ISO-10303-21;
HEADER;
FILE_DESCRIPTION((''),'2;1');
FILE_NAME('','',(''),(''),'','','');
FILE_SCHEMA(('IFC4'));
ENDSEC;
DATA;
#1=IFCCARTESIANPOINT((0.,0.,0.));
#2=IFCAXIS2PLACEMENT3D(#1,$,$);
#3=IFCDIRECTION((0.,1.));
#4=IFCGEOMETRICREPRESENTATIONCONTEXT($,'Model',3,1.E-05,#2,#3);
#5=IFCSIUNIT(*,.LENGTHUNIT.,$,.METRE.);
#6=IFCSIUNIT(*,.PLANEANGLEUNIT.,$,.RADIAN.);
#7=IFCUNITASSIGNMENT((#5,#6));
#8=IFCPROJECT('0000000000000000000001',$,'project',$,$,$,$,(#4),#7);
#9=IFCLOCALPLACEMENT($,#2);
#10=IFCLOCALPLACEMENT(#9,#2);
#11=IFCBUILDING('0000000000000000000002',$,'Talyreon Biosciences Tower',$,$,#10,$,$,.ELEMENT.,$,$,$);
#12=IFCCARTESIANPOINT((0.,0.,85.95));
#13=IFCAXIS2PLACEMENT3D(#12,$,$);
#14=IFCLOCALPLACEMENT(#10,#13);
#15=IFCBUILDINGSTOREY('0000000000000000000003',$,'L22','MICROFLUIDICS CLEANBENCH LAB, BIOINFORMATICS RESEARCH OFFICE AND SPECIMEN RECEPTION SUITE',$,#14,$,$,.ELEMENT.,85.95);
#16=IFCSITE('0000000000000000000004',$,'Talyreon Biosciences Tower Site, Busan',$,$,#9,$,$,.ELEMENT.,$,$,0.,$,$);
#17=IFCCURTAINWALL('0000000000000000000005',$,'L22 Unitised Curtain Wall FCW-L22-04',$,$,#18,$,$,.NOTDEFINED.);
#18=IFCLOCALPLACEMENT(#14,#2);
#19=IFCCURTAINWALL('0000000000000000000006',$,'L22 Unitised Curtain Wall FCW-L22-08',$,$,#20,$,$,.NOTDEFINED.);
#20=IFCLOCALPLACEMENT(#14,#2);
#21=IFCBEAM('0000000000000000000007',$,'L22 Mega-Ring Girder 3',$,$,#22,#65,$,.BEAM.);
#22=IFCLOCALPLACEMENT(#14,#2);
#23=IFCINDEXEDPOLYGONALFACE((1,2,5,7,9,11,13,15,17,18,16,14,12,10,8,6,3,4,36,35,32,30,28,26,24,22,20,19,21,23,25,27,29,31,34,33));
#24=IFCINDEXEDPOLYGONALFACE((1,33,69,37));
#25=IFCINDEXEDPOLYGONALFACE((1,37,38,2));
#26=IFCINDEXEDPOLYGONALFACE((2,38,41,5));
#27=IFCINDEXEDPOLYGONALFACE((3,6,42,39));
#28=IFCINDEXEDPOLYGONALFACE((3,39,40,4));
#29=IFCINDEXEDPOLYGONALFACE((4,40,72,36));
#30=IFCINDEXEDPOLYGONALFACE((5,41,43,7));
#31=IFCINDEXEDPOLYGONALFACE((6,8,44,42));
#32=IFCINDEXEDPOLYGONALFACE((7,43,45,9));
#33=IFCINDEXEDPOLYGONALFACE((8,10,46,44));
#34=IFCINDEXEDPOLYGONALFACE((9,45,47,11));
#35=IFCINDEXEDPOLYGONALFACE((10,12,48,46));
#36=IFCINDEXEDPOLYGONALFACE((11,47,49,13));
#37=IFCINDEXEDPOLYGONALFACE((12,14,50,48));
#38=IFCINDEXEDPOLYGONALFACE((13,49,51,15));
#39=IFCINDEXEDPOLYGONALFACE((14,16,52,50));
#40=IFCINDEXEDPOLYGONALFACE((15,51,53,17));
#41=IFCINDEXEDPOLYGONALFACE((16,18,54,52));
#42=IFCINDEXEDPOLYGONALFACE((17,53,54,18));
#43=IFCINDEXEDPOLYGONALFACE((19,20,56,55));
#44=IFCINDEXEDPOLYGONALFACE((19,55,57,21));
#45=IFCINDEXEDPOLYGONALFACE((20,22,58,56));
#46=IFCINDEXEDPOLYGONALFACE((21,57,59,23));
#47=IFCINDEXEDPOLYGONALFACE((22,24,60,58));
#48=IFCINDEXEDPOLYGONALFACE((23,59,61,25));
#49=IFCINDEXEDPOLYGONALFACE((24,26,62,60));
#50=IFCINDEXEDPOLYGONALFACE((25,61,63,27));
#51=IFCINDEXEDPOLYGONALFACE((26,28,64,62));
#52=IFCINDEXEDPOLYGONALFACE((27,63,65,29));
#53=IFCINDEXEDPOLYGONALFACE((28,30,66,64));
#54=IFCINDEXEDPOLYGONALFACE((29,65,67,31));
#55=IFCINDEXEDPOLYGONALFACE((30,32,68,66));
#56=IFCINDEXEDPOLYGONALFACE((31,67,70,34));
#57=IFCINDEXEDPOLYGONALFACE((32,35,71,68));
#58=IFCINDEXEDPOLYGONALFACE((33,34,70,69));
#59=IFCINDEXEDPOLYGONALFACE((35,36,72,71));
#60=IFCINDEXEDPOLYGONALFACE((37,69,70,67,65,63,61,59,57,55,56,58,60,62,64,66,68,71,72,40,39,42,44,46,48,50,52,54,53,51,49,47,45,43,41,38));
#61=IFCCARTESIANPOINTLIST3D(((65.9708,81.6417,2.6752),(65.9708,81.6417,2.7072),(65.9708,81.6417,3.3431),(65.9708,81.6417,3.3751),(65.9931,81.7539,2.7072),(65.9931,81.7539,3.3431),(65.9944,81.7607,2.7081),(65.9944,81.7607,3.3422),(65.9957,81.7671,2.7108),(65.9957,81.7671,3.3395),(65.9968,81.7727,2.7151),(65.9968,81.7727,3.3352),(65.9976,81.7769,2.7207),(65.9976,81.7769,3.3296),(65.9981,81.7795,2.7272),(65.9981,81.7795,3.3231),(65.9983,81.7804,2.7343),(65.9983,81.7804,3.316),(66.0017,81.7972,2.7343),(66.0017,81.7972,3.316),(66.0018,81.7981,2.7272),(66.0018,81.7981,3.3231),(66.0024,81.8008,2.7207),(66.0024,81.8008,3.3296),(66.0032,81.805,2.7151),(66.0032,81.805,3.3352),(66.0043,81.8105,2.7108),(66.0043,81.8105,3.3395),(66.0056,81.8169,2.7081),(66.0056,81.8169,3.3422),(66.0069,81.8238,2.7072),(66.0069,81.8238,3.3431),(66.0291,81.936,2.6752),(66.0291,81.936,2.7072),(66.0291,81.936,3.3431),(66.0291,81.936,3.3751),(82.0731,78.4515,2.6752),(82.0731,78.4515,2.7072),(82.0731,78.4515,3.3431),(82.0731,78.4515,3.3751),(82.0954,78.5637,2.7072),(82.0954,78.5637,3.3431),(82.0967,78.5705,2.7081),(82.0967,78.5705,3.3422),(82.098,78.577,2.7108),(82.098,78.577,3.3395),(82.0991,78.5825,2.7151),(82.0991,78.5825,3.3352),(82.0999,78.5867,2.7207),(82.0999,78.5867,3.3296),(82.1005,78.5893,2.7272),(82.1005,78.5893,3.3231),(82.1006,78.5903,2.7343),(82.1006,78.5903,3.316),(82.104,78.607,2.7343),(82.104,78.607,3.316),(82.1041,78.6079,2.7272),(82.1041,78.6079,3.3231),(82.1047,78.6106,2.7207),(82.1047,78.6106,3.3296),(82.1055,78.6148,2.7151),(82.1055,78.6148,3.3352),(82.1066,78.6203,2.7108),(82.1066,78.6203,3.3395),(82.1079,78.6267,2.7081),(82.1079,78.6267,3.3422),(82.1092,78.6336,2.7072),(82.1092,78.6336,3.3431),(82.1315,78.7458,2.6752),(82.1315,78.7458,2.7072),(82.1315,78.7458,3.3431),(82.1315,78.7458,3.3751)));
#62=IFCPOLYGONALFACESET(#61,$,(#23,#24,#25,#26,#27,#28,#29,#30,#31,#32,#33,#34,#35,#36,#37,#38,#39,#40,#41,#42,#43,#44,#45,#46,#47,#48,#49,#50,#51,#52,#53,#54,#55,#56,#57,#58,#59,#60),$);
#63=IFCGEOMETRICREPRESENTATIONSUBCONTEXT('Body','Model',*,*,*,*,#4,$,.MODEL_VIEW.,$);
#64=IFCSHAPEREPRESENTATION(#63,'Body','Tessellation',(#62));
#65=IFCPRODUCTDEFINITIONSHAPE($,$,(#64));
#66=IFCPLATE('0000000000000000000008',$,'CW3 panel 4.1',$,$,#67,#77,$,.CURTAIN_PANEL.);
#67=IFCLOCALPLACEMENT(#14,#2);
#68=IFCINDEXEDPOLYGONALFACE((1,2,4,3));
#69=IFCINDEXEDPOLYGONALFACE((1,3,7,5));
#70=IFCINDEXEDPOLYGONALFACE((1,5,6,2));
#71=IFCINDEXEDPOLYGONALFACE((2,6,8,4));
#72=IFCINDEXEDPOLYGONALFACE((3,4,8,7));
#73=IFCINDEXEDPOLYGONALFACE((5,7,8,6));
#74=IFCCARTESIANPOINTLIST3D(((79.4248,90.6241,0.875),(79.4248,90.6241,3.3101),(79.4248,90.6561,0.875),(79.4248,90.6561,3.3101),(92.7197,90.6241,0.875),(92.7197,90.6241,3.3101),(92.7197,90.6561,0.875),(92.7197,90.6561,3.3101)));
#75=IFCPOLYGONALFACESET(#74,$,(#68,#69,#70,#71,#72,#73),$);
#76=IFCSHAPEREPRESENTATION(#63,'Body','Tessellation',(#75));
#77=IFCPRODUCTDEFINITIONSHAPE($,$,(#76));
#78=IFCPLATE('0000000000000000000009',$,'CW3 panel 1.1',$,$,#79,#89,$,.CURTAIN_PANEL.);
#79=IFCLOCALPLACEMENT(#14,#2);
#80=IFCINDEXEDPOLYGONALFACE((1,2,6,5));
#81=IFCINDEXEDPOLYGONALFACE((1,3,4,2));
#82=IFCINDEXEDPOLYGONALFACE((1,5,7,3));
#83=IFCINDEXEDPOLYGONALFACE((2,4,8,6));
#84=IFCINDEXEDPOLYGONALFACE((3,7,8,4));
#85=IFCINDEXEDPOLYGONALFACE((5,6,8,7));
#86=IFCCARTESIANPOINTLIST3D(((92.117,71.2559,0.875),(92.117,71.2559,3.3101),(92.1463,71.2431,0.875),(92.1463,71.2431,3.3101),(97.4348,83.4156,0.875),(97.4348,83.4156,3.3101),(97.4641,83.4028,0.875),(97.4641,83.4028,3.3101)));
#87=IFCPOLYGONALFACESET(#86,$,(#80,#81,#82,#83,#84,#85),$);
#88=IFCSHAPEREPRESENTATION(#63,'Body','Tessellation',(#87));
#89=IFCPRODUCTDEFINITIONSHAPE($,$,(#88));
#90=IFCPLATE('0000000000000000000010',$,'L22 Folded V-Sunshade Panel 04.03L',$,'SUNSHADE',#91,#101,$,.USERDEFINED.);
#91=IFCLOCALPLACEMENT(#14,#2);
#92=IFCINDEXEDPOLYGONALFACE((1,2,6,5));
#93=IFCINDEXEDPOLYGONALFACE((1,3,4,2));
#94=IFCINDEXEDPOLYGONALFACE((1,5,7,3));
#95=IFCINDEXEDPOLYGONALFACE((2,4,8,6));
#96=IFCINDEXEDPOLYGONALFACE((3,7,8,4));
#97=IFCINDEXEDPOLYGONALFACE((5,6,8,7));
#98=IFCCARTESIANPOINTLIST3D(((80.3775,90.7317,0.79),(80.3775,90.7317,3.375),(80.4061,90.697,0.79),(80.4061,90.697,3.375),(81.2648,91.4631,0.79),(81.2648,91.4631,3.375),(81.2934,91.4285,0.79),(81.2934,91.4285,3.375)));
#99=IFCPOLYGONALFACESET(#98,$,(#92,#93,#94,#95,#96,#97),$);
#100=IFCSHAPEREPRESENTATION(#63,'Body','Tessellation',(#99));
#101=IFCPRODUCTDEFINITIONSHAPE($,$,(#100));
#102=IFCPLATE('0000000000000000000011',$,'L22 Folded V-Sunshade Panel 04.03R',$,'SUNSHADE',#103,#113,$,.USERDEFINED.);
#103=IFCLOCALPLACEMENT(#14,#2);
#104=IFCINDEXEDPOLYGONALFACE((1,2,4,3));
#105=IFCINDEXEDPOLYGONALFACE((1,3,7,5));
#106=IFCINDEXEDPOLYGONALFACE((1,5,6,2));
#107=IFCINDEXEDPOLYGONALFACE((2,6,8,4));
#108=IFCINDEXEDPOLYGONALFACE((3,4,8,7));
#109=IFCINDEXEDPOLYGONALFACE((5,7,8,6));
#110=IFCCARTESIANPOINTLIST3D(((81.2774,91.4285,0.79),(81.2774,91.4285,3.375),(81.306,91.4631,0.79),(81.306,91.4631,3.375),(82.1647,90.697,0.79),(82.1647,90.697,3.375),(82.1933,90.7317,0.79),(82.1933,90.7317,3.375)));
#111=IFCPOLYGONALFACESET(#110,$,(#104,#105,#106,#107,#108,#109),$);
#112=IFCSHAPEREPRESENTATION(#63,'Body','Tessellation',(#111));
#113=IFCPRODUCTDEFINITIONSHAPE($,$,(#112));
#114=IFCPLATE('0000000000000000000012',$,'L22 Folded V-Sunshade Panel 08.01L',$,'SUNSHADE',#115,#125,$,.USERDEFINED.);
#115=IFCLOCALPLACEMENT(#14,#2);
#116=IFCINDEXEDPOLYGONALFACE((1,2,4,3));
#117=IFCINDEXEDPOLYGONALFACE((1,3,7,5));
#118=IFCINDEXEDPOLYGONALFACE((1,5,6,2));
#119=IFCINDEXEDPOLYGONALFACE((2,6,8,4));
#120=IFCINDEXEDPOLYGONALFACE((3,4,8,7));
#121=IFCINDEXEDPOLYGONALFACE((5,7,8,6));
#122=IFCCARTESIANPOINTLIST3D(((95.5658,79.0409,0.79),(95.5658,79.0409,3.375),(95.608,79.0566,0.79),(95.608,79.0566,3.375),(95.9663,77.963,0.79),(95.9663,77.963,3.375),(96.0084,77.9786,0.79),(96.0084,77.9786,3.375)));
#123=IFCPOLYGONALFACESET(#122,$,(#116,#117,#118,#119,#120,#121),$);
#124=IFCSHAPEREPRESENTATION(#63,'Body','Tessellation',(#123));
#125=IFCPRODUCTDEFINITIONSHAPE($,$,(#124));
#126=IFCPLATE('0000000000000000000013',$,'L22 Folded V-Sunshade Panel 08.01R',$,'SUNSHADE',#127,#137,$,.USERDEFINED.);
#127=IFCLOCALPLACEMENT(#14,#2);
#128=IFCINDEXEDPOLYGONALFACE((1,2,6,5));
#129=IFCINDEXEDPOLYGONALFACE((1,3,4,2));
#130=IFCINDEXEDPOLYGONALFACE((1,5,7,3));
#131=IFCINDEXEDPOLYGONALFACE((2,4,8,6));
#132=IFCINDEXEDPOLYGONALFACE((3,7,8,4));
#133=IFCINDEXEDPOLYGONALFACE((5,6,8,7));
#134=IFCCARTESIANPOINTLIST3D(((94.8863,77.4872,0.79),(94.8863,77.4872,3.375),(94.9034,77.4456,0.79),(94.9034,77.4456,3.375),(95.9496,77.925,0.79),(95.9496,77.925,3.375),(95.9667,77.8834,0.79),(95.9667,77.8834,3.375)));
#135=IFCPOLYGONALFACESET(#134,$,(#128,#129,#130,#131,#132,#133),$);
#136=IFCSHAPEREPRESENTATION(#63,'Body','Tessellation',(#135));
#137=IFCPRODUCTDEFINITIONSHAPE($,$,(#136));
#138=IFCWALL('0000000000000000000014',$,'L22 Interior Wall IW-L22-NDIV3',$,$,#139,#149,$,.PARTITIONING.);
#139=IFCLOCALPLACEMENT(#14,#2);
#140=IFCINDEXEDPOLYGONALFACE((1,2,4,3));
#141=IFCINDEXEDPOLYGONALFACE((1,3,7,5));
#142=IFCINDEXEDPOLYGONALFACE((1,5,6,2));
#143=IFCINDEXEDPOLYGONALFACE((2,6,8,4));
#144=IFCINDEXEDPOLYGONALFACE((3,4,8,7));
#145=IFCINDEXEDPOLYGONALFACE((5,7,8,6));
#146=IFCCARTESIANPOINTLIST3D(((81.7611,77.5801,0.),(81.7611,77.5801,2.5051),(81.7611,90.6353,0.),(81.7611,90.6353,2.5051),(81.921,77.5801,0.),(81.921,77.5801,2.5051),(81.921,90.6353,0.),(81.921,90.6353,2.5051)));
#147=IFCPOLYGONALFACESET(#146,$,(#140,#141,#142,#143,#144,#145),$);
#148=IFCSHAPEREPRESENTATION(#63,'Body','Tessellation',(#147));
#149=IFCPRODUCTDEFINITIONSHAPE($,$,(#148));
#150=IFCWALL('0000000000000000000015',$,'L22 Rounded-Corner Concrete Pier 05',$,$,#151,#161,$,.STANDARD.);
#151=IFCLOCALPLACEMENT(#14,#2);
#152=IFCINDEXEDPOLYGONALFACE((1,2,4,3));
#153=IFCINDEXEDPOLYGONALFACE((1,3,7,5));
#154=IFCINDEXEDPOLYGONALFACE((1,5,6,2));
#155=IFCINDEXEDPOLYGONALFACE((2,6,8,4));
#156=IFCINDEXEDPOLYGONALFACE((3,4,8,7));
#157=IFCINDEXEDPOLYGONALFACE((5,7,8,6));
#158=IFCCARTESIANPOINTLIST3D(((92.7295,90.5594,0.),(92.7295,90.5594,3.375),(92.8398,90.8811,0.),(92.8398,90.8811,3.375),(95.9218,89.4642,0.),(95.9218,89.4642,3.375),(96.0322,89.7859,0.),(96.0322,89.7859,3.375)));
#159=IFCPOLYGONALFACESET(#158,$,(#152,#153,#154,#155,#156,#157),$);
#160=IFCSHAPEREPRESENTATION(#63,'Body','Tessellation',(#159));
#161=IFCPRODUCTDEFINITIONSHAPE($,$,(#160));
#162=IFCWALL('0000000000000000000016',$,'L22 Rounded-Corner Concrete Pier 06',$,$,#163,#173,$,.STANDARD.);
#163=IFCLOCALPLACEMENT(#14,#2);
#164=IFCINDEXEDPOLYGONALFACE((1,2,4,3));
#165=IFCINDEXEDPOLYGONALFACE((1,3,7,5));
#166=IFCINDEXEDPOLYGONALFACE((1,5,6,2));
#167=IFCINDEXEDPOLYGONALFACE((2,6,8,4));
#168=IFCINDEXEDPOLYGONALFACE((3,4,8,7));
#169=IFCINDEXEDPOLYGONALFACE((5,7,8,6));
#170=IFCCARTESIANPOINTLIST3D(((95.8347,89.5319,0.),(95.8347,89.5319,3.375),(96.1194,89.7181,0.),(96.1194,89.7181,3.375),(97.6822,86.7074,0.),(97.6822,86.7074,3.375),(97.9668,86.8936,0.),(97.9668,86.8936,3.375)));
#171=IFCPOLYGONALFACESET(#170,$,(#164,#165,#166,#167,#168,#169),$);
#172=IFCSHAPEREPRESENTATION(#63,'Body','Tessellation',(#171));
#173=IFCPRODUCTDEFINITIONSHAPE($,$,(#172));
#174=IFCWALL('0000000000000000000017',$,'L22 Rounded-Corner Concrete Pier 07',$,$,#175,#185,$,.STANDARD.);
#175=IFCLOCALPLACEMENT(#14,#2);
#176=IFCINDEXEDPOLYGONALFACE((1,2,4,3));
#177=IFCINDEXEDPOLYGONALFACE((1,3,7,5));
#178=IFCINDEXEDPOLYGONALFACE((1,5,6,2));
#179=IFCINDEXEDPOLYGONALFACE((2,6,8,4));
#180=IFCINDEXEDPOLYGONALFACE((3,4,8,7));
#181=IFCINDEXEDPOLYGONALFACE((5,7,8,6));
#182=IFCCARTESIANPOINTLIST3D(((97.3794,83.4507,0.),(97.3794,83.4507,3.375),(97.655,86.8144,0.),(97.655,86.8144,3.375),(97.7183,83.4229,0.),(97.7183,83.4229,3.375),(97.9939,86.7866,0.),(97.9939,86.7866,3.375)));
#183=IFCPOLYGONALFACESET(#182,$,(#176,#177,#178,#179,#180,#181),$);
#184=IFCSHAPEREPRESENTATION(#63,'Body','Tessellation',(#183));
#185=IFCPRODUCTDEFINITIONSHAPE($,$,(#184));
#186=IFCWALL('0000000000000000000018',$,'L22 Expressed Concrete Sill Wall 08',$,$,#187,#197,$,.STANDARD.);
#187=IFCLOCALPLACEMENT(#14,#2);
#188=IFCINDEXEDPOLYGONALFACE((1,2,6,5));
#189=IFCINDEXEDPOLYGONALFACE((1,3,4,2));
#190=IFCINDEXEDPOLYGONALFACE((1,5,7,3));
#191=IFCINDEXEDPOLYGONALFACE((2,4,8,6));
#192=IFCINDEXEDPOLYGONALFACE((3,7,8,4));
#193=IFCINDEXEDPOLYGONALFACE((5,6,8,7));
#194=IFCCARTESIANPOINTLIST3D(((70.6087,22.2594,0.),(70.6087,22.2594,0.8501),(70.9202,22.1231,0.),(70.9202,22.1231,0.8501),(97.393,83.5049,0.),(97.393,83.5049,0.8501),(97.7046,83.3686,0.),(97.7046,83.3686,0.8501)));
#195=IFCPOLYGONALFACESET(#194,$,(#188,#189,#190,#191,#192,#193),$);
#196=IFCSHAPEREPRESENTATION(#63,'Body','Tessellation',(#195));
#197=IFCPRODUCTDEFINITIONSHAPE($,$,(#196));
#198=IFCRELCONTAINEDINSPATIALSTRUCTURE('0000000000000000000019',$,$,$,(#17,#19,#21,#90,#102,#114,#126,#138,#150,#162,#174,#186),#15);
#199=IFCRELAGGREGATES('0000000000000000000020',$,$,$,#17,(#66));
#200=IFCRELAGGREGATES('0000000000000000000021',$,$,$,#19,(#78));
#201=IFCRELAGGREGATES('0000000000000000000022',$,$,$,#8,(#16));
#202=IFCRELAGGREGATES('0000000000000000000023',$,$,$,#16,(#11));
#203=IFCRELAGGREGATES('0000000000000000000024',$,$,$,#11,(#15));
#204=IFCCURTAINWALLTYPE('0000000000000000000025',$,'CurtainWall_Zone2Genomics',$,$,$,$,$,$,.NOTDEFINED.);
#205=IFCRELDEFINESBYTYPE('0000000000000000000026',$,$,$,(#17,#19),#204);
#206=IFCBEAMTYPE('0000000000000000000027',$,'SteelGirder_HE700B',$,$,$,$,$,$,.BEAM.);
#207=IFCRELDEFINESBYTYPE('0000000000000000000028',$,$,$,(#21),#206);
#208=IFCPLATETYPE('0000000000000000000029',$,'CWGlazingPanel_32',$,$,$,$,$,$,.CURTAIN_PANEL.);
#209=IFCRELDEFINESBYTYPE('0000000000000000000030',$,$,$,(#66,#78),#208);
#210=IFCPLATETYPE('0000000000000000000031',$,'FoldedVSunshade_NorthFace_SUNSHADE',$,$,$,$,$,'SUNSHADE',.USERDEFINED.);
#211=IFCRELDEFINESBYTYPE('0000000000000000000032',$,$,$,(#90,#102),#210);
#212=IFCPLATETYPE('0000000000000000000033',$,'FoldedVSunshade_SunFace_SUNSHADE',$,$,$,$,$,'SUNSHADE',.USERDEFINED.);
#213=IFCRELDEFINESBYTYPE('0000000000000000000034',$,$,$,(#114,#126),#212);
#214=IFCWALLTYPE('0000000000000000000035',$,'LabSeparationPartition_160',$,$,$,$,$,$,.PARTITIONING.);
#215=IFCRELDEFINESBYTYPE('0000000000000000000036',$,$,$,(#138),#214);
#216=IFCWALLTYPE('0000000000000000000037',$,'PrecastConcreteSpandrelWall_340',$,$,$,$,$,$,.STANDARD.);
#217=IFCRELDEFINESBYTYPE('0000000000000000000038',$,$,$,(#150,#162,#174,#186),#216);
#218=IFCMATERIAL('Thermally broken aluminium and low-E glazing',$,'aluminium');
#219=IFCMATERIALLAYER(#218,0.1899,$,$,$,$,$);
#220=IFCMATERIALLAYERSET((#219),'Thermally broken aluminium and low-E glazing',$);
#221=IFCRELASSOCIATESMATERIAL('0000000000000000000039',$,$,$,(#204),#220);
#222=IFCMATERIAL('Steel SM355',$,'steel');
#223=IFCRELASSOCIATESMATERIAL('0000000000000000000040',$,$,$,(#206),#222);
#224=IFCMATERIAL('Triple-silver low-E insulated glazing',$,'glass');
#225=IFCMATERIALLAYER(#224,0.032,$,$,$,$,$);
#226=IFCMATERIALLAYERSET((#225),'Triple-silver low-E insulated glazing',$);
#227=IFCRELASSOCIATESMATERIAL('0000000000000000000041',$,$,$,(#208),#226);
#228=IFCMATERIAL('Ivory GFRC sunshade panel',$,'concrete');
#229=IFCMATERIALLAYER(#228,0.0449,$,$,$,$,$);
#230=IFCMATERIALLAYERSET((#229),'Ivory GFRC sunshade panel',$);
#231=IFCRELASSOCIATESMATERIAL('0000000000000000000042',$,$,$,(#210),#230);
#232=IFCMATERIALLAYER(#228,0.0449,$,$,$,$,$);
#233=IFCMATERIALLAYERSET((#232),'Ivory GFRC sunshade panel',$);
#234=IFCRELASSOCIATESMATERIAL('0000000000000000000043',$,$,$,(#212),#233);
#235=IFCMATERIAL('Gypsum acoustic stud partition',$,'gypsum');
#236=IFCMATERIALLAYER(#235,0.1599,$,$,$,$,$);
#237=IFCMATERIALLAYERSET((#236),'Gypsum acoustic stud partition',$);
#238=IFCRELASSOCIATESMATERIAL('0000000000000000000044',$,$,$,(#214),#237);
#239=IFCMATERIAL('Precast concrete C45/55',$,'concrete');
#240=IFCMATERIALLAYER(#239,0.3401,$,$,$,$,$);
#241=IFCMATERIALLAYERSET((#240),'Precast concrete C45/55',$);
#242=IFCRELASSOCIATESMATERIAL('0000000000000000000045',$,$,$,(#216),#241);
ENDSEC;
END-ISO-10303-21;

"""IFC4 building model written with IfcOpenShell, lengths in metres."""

from ifc_helpers import new_model, si_unit, direction, frame, frame_2d, origin, origin_2d, place, context, subcontext, project, spatial, rectangle, i_section, extrude, material, layer, layer_set, material_profile, profile_set, type_object, element, aggregate, save


model = new_model("IFC4")

# Units and contexts
model_context = context("Model", 3, precision=1e-05, world=origin(), true_north=direction((0.0, 1.0)))
body_context = subcontext(model_context, "Body", "Model", "MODEL_VIEW")
ifc_project = project(units=[si_unit("LENGTHUNIT", "METRE"), si_unit("PLANEANGLEUNIT", "RADIAN")], contexts=[model_context])

# Site, building, storey
site_placement = place(None, origin())
site = spatial("IfcSite", under=ifc_project, at=site_placement, Name="Talyreon Biosciences Tower Site, Busan", CompositionType="ELEMENT", RefElevation=0.0)
building_placement = place(site_placement, origin())
building = spatial("IfcBuilding", under=site, at=building_placement, Name="Talyreon Biosciences Tower", CompositionType="ELEMENT")
storey_placement = place(building_placement, frame((0.0, 0.0, 85.95)))
storey = spatial("IfcBuildingStorey", under=building, at=storey_placement, Name="L22", Description="MICROFLUIDICS CLEANBENCH LAB, BIOINFORMATICS RESEARCH OFFICE AND SPECIMEN RECEPTION SUITE", CompositionType="ELEMENT", Elevation=85.95)

# Curtain wall
ifc_material_1 = material(Name="Thermally broken aluminium and low-E glazing", Category="aluminium")
ifc_layer_1 = layer(ifc_material_1, 0.1899)
ifc_layer_set_1 = layer_set([ifc_layer_1], Name="Thermally broken aluminium and low-E glazing")
curtain_wall_type = type_object("IfcCurtainWallType", Name="CurtainWall_Zone2Genomics", PredefinedType="NOTDEFINED", material=ifc_layer_set_1)
curtain_wall_1_placement = place(storey_placement, origin())
curtain_wall_1 = element("IfcCurtainWall", 1, at=curtain_wall_1_placement, inside=storey, type_object=curtain_wall_type, Name="L22 Unitised Curtain Wall FCW-L22-04", PredefinedType="NOTDEFINED")

# Curtain wall
curtain_wall_2_placement = place(storey_placement, origin())
curtain_wall_2 = element("IfcCurtainWall", 2, at=curtain_wall_2_placement, inside=storey, type_object=curtain_wall_type, Name="L22 Unitised Curtain Wall FCW-L22-08", PredefinedType="NOTDEFINED")

# Beam
ifc_material_2 = material(Name="Precast concrete C45/55", Category="concrete")
ifc_material_3 = material(Name="Steel SM355", Category="steel")
ifc_material_profile_1 = material_profile(ifc_material_3, i_section(OverallWidth=0.3, OverallDepth=0.7, WebThickness=0.0171, FlangeThickness=0.032, FilletRadius=0.0271, at=origin_2d()), Name="HE700B")
ifc_profile_set_1 = profile_set([ifc_material_profile_1], Name="Steel SM355")
beam_type_1 = type_object("IfcBeamType", Name="SteelGirder_HE700B", PredefinedType="BEAM", material=ifc_profile_set_1)
beam_1_placement = place(storey_placement, frame((82.1023, 78.5986, 3.0251), z_axis=(-0.980934, 0.194343, 0.0), x_axis=(-0.194343, -0.980934, 0.0)))
element("IfcBeam", 3, at=beam_1_placement, inside=storey, type_object=beam_type_1, Name="L22 Mega-Ring Girder 3", PredefinedType="BEAM", context=body_context, shape_type="SweptSolid", body=[
    extrude(i_section(OverallWidth=0.3, OverallDepth=0.7, WebThickness=0.0171, FlangeThickness=0.032, FilletRadius=0.0271, at=origin_2d()), origin(), (0.0, 0.0, 1.0), 16.4153),
])

# Plates
ifc_material_4 = material(Name="Triple-silver low-E insulated glazing", Category="glass")
ifc_layer_2 = layer(ifc_material_4, 0.032)
ifc_layer_set_2 = layer_set([ifc_layer_2], Name="Triple-silver low-E insulated glazing")
plate_type_1 = type_object("IfcPlateType", Name="CWGlazingPanel_32", PredefinedType="CURTAIN_PANEL", material=ifc_layer_set_2)
plate_1_placement = place(storey_placement, frame((86.0723, 90.6401, 0.875), z_axis=(0.0, 0.0, 1.0), x_axis=(1.0, 0.0, 0.0)))
plate_1 = element("IfcPlate", 4, at=plate_1_placement, type_object=plate_type_1, Name="CW3 panel 4.1", PredefinedType="CURTAIN_PANEL", context=body_context, shape_type="SweptSolid", body=[
    extrude(rectangle(XDim=13.2949, YDim=0.032, at=origin_2d()), origin(), (0.0, 0.0, 1.0), 2.4351),
])
aggregate(curtain_wall_1, [plate_1])
plate_2_placement = place(storey_placement, frame((94.7905, 77.3293, 0.875), z_axis=(0.0, 0.0, 1.0), x_axis=(-0.400689, -0.916214, 0.0)))
plate_2 = element("IfcPlate", 5, at=plate_2_placement, type_object=plate_type_1, Name="CW3 panel 1.1", PredefinedType="CURTAIN_PANEL", context=body_context, shape_type="SweptSolid", body=[
    extrude(rectangle(XDim=13.2717, YDim=0.032, at=origin_2d()), origin(), (0.0, 0.0, 1.0), 2.4351),
])
aggregate(curtain_wall_2, [plate_2])

# Plates
ifc_material_5 = material(Name="Ivory GFRC sunshade panel", Category="concrete")
ifc_layer_3 = layer(ifc_material_5, 0.0449)
ifc_layer_set_3 = layer_set([ifc_layer_3], Name="Ivory GFRC sunshade panel")
plate_type_2 = type_object("IfcPlateType", Name="FoldedVSunshade_NorthFace_SUNSHADE", ElementType="SUNSHADE", PredefinedType="USERDEFINED", material=ifc_layer_set_3)
for number, where, z_axis, x_axis, name in (
    (6, (80.8354, 91.0801, 0.79), (0.0, 0.0, 1.0), (0.771625, 0.636078, 0.0), "L22 Folded V-Sunshade Panel 04.03L"),
    (7, (81.7354, 91.0801, 0.79), (0.0, 0.0, 1.0), (0.771625, -0.636078, 0.0), "L22 Folded V-Sunshade Panel 04.03R"),
):
    element("IfcPlate", number, at=place(storey_placement, frame(where, z_axis=z_axis, x_axis=x_axis)), inside=storey, type_object=plate_type_2, Name=name, ObjectType="SUNSHADE", PredefinedType="USERDEFINED", context=body_context, shape_type="SweptSolid", body=[
        extrude(rectangle(XDim=1.1499, YDim=0.0449, at=origin_2d()), origin(), (0.0, 0.0, 1.0), 2.585),
    ])
ifc_layer_4 = layer(ifc_material_5, 0.0449)
ifc_layer_set_4 = layer_set([ifc_layer_4], Name="Ivory GFRC sunshade panel")
plate_type_3 = type_object("IfcPlateType", Name="FoldedVSunshade_SunFace_SUNSHADE", ElementType="SUNSHADE", PredefinedType="USERDEFINED", material=ifc_layer_set_4)
for number, where, z_axis, x_axis, name in (
    (8, (95.7871, 78.5098, 0.79), (0.0, 0.0, 1.0), (0.348228, -0.93741, 0.0), "L22 Folded V-Sunshade Panel 08.01L"),
    (9, (95.4265, 77.6853, 0.79), (0.0, 0.0, 1.0), (-0.924686, -0.380731, 0.0), "L22 Folded V-Sunshade Panel 08.01R"),
):
    element("IfcPlate", number, at=place(storey_placement, frame(where, z_axis=z_axis, x_axis=x_axis)), inside=storey, type_object=plate_type_3, Name=name, ObjectType="SUNSHADE", PredefinedType="USERDEFINED", context=body_context, shape_type="SweptSolid", body=[
        extrude(rectangle(XDim=1.1499, YDim=0.0449, at=origin_2d()), origin(), (0.0, 0.0, 1.0), 2.585),
    ])

# Walls
ifc_material_6 = material(Name="Gypsum acoustic stud partition", Category="gypsum")
ifc_layer_5 = layer(ifc_material_6, 0.1599)
ifc_layer_set_5 = layer_set([ifc_layer_5], Name="Gypsum acoustic stud partition")
wall_type_1 = type_object("IfcWallType", Name="LabSeparationPartition_160", PredefinedType="PARTITIONING", material=ifc_layer_set_5)
wall_1_placement = place(storey_placement, frame((81.8411, 77.5801, 0.0), z_axis=(0.0, 0.0, 1.0), x_axis=(0.0, 1.0, 0.0)))
element("IfcWall", 10, at=wall_1_placement, inside=storey, type_object=wall_type_1, Name="L22 Interior Wall IW-L22-NDIV3", PredefinedType="PARTITIONING", context=body_context, shape_type="SweptSolid", body=[
    extrude(rectangle(XDim=13.0552, YDim=0.1599, at=frame_2d((6.5276, 0.0))), origin(), (0.0, 0.0, 1.0), 2.5051),
])
ifc_layer_6 = layer(ifc_material_2, 0.3401)
ifc_layer_set_6 = layer_set([ifc_layer_6], Name="Precast concrete C45/55")
wall_type_2 = type_object("IfcWallType", Name="PrecastConcreteSpandrelWall_340", PredefinedType="STANDARD", material=ifc_layer_set_6)
for number, where, z_axis, x_axis, name in (
    (11, (92.7847, 90.7202, 0.0), (0.0, 0.0, 1.0), (0.945884, -0.324506, 0.0), "L22 Rounded-Corner Concrete Pier 05"),
    (12, (95.9771, 89.625, 0.0), (0.0, 0.0, 1.0), (0.547384, -0.836882, 0.0), "L22 Rounded-Corner Concrete Pier 06"),
    (13, (97.8245, 86.8005, 0.0), (0.0, 0.0, 1.0), (-0.081669, -0.99666, 0.0), "L22 Rounded-Corner Concrete Pier 07"),
):
    element("IfcWall", number, at=place(storey_placement, frame(where, z_axis=z_axis, x_axis=x_axis)), inside=storey, type_object=wall_type_2, Name=name, PredefinedType="STANDARD", context=body_context, shape_type="SweptSolid", body=[
        extrude(rectangle(XDim=3.375, YDim=0.3401, at=frame_2d((1.6875, 0.0))), origin(), (0.0, 0.0, 1.0), 3.375),
    ])
wall_2_placement = place(storey_placement, frame((97.5488, 83.4368, 0.0), z_axis=(0.0, 0.0, 1.0), x_axis=(-0.400687, -0.916215, 0.0)))
element("IfcWall", 14, at=wall_2_placement, inside=storey, type_object=wall_type_2, Name="L22 Expressed Concrete Sill Wall 08", PredefinedType="STANDARD", context=body_context, shape_type="SweptSolid", body=[
    extrude(rectangle(XDim=66.8462, YDim=0.3401, at=frame_2d((33.4231, 0.0))), origin(), (0.0, 0.0, 1.0), 0.8501),
])

save(model, "model.ifc")
